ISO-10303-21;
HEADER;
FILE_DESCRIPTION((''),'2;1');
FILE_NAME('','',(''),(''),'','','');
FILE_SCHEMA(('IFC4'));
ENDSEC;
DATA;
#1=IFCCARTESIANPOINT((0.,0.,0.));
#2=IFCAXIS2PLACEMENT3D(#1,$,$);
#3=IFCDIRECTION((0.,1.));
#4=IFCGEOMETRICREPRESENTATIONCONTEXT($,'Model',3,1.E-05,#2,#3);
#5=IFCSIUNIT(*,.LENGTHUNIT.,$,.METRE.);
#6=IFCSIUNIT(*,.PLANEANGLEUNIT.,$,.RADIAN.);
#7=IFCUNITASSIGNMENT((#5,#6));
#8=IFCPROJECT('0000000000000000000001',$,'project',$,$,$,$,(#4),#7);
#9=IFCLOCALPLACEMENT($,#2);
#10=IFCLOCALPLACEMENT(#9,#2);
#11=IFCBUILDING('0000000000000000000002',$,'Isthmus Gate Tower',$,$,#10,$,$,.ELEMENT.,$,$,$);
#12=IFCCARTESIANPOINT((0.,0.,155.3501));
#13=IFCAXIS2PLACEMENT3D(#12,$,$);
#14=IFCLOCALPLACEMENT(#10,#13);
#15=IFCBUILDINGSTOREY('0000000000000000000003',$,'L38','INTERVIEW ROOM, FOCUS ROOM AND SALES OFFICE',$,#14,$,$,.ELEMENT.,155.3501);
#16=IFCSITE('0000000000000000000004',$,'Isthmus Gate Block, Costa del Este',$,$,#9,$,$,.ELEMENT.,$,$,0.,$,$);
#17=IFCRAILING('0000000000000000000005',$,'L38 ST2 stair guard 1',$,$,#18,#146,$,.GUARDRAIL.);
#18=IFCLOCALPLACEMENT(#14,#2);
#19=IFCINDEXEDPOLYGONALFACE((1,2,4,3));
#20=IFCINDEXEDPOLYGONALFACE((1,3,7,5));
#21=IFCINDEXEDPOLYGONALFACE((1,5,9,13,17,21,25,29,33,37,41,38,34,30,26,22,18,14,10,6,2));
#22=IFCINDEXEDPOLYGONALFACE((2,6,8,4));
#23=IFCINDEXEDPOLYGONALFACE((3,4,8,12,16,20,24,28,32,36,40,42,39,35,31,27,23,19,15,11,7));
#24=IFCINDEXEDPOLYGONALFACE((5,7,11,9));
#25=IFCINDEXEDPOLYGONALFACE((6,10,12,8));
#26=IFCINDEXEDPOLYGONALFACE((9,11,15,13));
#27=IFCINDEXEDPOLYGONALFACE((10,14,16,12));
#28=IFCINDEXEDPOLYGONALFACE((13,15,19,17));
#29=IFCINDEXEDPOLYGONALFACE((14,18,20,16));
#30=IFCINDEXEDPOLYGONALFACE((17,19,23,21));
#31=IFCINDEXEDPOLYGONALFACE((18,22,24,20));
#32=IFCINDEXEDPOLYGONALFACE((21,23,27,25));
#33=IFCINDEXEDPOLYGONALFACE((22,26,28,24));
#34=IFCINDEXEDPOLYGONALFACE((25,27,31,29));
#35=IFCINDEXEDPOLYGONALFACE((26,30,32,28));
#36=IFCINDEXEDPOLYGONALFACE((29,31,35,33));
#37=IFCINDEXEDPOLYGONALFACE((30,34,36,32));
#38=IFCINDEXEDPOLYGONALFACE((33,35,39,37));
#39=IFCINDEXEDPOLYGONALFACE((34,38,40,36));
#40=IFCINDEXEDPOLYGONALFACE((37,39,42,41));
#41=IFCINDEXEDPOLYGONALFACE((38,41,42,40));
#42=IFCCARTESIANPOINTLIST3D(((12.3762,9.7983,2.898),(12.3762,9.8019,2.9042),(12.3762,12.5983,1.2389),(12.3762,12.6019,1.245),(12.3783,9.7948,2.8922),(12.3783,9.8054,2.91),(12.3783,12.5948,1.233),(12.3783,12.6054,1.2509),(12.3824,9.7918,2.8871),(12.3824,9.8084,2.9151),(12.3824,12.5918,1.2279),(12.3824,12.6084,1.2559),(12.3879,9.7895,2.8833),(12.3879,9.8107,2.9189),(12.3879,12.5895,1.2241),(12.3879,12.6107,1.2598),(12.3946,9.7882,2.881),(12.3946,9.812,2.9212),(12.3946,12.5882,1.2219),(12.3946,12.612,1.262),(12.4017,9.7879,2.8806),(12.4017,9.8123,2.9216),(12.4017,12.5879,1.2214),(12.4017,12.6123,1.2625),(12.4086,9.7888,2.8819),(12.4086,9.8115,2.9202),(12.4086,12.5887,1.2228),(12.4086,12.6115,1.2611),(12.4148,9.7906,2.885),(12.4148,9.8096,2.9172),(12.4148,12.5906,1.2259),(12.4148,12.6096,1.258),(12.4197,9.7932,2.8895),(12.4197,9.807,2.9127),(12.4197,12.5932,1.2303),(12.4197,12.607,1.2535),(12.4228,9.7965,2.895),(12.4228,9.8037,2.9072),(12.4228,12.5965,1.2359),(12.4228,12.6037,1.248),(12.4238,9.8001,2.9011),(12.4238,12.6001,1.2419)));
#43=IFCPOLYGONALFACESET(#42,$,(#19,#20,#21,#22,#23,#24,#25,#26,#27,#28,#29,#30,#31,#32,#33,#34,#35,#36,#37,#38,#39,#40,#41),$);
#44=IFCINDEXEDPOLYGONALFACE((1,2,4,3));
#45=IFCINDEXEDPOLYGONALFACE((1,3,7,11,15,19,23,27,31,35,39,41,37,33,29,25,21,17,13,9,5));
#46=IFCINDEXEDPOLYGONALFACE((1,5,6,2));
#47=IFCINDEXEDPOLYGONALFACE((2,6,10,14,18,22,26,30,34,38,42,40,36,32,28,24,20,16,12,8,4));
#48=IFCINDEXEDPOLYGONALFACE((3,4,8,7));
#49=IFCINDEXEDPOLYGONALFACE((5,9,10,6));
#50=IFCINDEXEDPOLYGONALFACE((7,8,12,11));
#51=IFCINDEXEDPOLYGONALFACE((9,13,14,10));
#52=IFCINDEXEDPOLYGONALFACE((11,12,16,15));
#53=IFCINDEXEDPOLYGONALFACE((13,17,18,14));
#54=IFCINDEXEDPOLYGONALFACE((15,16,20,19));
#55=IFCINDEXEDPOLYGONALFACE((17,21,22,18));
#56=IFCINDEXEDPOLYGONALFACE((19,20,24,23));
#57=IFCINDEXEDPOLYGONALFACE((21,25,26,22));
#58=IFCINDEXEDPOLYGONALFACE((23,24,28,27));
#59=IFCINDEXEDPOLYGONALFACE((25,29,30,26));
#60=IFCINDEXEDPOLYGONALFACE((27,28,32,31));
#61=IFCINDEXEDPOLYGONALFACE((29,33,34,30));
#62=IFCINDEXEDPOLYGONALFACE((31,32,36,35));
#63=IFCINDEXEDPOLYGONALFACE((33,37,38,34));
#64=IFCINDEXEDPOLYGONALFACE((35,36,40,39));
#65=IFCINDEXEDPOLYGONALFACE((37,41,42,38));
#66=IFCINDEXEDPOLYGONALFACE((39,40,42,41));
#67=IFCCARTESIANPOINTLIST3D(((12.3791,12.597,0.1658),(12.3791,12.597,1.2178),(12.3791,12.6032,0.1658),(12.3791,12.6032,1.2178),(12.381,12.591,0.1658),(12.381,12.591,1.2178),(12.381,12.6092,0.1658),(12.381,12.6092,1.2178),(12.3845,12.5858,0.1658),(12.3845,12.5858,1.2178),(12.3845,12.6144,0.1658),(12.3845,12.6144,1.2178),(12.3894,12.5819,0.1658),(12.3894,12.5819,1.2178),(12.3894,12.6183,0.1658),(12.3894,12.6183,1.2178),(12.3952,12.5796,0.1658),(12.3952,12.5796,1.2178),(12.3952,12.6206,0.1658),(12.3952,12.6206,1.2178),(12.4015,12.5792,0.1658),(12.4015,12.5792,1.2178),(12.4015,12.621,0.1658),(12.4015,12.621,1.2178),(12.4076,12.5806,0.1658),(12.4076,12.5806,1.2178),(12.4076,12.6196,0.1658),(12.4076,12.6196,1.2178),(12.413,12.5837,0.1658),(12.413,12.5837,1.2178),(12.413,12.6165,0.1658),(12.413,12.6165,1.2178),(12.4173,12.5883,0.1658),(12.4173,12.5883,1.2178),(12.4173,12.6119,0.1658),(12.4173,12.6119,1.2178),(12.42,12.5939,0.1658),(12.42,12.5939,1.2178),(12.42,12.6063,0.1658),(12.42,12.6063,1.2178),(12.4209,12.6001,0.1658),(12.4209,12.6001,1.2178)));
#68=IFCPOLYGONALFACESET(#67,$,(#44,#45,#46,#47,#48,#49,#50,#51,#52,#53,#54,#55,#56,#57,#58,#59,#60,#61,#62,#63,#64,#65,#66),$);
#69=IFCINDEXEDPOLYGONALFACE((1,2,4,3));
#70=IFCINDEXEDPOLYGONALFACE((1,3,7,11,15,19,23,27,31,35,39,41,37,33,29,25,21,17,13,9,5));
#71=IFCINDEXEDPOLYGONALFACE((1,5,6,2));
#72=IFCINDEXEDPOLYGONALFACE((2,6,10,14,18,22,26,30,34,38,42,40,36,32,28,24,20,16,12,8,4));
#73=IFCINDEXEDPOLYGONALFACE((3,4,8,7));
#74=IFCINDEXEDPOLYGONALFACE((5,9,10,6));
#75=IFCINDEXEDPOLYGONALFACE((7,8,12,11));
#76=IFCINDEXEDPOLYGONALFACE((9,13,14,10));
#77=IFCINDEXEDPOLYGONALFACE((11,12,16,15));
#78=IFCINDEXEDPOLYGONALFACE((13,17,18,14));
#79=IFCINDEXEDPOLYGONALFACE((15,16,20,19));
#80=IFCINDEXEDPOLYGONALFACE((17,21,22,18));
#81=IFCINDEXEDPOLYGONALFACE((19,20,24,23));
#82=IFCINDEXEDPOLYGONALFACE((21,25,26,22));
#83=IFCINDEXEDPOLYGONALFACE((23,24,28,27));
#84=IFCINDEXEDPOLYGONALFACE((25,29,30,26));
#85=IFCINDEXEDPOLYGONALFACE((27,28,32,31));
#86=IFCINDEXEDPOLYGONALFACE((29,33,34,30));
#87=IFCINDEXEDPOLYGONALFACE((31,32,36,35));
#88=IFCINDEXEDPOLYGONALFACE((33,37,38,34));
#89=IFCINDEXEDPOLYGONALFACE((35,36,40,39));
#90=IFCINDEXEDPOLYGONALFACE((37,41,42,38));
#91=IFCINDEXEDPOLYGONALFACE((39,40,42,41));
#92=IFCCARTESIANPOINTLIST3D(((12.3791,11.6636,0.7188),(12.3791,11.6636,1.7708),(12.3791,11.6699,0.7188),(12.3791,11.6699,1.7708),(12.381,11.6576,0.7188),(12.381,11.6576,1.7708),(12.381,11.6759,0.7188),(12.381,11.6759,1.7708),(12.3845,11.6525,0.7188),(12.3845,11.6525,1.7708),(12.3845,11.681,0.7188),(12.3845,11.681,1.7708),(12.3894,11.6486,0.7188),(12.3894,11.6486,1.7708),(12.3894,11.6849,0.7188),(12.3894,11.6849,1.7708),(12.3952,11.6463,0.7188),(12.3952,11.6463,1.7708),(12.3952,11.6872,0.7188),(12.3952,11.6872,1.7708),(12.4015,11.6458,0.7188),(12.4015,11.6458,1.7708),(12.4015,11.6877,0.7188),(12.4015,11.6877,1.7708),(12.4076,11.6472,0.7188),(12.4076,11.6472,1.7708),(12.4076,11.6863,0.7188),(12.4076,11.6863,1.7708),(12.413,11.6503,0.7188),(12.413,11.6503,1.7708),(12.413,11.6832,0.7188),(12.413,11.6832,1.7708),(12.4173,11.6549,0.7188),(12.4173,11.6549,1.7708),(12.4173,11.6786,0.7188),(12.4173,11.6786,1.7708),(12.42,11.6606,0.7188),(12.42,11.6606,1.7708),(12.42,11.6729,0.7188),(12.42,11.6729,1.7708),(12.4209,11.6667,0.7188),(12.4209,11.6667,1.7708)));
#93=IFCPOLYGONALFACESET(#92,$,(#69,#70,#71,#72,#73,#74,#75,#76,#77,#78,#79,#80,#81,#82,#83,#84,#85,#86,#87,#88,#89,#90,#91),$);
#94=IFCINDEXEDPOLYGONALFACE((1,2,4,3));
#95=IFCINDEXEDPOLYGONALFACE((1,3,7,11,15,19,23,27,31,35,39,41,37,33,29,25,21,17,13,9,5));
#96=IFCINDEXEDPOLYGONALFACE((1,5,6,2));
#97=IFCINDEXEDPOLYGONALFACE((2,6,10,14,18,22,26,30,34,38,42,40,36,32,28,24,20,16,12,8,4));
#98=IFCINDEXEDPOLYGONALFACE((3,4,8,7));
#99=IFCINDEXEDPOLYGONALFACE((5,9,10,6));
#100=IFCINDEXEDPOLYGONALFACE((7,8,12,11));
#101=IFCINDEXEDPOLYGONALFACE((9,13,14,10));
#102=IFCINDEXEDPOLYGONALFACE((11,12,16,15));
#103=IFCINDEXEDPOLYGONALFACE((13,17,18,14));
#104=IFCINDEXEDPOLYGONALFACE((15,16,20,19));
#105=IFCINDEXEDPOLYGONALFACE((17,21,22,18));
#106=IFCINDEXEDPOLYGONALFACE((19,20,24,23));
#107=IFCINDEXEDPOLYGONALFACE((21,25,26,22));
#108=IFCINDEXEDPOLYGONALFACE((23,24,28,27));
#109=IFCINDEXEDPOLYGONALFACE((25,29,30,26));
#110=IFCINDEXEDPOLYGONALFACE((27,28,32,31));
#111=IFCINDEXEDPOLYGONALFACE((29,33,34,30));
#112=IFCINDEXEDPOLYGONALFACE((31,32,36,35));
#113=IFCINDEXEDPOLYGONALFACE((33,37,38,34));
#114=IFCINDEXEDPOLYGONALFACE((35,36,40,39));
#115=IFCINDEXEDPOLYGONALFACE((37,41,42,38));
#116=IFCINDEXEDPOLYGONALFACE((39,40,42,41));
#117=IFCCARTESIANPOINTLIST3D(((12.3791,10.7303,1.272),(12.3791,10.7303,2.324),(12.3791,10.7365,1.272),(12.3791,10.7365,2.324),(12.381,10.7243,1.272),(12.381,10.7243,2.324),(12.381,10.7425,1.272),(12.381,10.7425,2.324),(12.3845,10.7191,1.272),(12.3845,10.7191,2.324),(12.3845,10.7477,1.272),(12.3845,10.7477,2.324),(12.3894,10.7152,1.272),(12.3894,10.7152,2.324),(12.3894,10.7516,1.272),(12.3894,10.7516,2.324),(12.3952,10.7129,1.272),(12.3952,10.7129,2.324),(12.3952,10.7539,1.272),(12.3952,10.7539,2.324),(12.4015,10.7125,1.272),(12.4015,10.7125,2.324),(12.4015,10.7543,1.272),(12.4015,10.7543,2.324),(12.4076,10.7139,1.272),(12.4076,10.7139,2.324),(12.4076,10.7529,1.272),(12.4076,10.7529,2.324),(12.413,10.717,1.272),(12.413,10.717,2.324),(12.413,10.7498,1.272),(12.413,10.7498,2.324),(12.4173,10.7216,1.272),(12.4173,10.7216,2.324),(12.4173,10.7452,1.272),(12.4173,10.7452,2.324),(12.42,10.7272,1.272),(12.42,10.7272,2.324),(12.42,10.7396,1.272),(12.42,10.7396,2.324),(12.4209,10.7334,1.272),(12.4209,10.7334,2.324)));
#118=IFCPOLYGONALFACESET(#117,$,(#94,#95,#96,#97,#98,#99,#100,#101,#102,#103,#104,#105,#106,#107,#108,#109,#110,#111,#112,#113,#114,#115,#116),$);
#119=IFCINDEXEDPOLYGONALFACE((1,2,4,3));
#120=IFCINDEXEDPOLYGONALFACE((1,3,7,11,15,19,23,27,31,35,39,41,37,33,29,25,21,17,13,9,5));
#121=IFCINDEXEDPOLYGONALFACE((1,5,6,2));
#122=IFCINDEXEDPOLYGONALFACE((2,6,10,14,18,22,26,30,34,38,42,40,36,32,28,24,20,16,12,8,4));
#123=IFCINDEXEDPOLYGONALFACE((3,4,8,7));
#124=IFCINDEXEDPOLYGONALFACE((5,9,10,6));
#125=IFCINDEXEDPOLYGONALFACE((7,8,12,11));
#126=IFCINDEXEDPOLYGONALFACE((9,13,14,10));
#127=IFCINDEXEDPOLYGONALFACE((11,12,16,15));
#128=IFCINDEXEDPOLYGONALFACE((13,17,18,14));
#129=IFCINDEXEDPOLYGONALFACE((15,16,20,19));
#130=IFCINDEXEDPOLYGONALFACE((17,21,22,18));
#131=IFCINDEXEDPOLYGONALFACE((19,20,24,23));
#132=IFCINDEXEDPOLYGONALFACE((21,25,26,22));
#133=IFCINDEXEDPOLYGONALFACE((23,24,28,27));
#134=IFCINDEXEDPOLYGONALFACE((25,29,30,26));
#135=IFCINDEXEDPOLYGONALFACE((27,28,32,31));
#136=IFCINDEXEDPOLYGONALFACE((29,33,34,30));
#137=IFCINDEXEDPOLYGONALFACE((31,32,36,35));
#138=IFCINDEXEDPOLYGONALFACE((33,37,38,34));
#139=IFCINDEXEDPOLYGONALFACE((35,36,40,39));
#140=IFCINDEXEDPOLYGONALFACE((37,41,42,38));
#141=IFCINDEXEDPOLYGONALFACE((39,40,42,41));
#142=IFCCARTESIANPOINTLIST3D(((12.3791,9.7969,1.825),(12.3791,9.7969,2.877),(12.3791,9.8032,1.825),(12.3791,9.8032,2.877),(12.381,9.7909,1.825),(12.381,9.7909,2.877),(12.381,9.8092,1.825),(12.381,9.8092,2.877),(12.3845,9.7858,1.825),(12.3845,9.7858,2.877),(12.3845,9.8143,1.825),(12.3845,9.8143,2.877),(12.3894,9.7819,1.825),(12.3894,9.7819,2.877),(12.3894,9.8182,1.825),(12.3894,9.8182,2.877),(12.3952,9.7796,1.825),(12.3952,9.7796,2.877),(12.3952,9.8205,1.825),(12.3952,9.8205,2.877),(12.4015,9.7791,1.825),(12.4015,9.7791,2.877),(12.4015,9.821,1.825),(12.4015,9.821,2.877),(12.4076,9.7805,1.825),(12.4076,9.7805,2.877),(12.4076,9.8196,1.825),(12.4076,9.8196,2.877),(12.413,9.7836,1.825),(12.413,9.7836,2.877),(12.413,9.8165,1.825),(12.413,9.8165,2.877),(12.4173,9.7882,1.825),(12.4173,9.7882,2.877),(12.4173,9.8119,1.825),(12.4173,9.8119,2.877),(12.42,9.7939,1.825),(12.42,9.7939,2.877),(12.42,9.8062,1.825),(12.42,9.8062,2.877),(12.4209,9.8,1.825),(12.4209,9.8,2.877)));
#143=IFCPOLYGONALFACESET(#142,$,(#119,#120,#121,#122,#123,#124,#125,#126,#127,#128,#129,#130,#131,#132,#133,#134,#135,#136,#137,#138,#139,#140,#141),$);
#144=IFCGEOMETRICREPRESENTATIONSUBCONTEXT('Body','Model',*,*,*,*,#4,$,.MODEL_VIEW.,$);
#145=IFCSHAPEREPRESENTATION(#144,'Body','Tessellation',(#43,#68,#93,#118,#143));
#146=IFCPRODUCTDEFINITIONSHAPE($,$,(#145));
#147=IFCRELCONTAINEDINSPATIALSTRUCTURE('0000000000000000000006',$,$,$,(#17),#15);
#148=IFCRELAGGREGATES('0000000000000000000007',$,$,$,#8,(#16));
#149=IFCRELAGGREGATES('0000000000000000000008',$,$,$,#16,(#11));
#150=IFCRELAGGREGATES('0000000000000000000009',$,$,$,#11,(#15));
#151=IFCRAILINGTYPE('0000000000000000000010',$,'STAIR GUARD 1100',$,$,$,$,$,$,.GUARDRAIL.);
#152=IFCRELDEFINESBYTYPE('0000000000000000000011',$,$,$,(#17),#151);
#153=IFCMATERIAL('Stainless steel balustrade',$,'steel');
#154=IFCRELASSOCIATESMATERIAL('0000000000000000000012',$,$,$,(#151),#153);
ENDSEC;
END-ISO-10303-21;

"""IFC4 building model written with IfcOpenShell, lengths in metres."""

from ifc_helpers import new_model, si_unit, direction, frame, origin, origin_2d, place, context, subcontext, project, spatial, circle, extrude, material, type_object, element, save


model = new_model("IFC4")

# Units and contexts
model_context = context("Model", 3, precision=1e-05, world=origin(), true_north=direction((0.0, 1.0)))
body_context = subcontext(model_context, "Body", "Model", "MODEL_VIEW")
ifc_project = project(units=[si_unit("LENGTHUNIT", "METRE"), si_unit("PLANEANGLEUNIT", "RADIAN")], contexts=[model_context])

# Site, building, storey
site_placement = place(None, origin())
site = spatial("IfcSite", under=ifc_project, at=site_placement, Name="Isthmus Gate Block, Costa del Este", CompositionType="ELEMENT", RefElevation=0.0)
building_placement = place(site_placement, origin())
building = spatial("IfcBuilding", under=site, at=building_placement, Name="Isthmus Gate Tower", CompositionType="ELEMENT")
storey_placement = place(building_placement, frame((0.0, 0.0, 155.3501)))
storey = spatial("IfcBuildingStorey", under=building, at=storey_placement, Name="L38", Description="INTERVIEW ROOM, FOCUS ROOM AND SALES OFFICE", CompositionType="ELEMENT", Elevation=155.3501)

# Railing
ifc_material_1 = material(Name="Stainless steel balustrade", Category="steel")
railing_type_1 = type_object("IfcRailingType", Name="STAIR GUARD 1100", PredefinedType="GUARDRAIL", material=ifc_material_1)
railing_1_placement = place(storey_placement, frame((12.3999, 12.6001, 0.1658)))
element("IfcRailing", 1, at=railing_1_placement, inside=storey, type_object=railing_type_1, Name="L38 ST2 stair guard 1", PredefinedType="GUARDRAIL", context=body_context, shape_type="SweptSolid", body=[
    extrude(circle(Radius=0.0239, at=origin_2d()), frame((0.0, 0.0, 1.0762), z_axis=(0.0, -0.860306, 0.509778), x_axis=(1.0, 0.0, 0.0)), (0.0, 0.0, 1.0), 3.2546),
    extrude(circle(Radius=0.021, at=origin_2d()), origin(), (0.0, 0.0, 1.0), 1.052),
    extrude(circle(Radius=0.021, at=origin_2d()), frame((0.0, -0.9333, 0.553)), (0.0, 0.0, 1.0), 1.052),
    extrude(circle(Radius=0.021, at=origin_2d()), frame((0.0, -1.8667, 1.1062)), (0.0, 0.0, 1.0), 1.052),
    extrude(circle(Radius=0.021, at=origin_2d()), frame((0.0, -2.8, 1.6592)), (0.0, 0.0, 1.0), 1.052),
])

save(model, "model.ifc")
